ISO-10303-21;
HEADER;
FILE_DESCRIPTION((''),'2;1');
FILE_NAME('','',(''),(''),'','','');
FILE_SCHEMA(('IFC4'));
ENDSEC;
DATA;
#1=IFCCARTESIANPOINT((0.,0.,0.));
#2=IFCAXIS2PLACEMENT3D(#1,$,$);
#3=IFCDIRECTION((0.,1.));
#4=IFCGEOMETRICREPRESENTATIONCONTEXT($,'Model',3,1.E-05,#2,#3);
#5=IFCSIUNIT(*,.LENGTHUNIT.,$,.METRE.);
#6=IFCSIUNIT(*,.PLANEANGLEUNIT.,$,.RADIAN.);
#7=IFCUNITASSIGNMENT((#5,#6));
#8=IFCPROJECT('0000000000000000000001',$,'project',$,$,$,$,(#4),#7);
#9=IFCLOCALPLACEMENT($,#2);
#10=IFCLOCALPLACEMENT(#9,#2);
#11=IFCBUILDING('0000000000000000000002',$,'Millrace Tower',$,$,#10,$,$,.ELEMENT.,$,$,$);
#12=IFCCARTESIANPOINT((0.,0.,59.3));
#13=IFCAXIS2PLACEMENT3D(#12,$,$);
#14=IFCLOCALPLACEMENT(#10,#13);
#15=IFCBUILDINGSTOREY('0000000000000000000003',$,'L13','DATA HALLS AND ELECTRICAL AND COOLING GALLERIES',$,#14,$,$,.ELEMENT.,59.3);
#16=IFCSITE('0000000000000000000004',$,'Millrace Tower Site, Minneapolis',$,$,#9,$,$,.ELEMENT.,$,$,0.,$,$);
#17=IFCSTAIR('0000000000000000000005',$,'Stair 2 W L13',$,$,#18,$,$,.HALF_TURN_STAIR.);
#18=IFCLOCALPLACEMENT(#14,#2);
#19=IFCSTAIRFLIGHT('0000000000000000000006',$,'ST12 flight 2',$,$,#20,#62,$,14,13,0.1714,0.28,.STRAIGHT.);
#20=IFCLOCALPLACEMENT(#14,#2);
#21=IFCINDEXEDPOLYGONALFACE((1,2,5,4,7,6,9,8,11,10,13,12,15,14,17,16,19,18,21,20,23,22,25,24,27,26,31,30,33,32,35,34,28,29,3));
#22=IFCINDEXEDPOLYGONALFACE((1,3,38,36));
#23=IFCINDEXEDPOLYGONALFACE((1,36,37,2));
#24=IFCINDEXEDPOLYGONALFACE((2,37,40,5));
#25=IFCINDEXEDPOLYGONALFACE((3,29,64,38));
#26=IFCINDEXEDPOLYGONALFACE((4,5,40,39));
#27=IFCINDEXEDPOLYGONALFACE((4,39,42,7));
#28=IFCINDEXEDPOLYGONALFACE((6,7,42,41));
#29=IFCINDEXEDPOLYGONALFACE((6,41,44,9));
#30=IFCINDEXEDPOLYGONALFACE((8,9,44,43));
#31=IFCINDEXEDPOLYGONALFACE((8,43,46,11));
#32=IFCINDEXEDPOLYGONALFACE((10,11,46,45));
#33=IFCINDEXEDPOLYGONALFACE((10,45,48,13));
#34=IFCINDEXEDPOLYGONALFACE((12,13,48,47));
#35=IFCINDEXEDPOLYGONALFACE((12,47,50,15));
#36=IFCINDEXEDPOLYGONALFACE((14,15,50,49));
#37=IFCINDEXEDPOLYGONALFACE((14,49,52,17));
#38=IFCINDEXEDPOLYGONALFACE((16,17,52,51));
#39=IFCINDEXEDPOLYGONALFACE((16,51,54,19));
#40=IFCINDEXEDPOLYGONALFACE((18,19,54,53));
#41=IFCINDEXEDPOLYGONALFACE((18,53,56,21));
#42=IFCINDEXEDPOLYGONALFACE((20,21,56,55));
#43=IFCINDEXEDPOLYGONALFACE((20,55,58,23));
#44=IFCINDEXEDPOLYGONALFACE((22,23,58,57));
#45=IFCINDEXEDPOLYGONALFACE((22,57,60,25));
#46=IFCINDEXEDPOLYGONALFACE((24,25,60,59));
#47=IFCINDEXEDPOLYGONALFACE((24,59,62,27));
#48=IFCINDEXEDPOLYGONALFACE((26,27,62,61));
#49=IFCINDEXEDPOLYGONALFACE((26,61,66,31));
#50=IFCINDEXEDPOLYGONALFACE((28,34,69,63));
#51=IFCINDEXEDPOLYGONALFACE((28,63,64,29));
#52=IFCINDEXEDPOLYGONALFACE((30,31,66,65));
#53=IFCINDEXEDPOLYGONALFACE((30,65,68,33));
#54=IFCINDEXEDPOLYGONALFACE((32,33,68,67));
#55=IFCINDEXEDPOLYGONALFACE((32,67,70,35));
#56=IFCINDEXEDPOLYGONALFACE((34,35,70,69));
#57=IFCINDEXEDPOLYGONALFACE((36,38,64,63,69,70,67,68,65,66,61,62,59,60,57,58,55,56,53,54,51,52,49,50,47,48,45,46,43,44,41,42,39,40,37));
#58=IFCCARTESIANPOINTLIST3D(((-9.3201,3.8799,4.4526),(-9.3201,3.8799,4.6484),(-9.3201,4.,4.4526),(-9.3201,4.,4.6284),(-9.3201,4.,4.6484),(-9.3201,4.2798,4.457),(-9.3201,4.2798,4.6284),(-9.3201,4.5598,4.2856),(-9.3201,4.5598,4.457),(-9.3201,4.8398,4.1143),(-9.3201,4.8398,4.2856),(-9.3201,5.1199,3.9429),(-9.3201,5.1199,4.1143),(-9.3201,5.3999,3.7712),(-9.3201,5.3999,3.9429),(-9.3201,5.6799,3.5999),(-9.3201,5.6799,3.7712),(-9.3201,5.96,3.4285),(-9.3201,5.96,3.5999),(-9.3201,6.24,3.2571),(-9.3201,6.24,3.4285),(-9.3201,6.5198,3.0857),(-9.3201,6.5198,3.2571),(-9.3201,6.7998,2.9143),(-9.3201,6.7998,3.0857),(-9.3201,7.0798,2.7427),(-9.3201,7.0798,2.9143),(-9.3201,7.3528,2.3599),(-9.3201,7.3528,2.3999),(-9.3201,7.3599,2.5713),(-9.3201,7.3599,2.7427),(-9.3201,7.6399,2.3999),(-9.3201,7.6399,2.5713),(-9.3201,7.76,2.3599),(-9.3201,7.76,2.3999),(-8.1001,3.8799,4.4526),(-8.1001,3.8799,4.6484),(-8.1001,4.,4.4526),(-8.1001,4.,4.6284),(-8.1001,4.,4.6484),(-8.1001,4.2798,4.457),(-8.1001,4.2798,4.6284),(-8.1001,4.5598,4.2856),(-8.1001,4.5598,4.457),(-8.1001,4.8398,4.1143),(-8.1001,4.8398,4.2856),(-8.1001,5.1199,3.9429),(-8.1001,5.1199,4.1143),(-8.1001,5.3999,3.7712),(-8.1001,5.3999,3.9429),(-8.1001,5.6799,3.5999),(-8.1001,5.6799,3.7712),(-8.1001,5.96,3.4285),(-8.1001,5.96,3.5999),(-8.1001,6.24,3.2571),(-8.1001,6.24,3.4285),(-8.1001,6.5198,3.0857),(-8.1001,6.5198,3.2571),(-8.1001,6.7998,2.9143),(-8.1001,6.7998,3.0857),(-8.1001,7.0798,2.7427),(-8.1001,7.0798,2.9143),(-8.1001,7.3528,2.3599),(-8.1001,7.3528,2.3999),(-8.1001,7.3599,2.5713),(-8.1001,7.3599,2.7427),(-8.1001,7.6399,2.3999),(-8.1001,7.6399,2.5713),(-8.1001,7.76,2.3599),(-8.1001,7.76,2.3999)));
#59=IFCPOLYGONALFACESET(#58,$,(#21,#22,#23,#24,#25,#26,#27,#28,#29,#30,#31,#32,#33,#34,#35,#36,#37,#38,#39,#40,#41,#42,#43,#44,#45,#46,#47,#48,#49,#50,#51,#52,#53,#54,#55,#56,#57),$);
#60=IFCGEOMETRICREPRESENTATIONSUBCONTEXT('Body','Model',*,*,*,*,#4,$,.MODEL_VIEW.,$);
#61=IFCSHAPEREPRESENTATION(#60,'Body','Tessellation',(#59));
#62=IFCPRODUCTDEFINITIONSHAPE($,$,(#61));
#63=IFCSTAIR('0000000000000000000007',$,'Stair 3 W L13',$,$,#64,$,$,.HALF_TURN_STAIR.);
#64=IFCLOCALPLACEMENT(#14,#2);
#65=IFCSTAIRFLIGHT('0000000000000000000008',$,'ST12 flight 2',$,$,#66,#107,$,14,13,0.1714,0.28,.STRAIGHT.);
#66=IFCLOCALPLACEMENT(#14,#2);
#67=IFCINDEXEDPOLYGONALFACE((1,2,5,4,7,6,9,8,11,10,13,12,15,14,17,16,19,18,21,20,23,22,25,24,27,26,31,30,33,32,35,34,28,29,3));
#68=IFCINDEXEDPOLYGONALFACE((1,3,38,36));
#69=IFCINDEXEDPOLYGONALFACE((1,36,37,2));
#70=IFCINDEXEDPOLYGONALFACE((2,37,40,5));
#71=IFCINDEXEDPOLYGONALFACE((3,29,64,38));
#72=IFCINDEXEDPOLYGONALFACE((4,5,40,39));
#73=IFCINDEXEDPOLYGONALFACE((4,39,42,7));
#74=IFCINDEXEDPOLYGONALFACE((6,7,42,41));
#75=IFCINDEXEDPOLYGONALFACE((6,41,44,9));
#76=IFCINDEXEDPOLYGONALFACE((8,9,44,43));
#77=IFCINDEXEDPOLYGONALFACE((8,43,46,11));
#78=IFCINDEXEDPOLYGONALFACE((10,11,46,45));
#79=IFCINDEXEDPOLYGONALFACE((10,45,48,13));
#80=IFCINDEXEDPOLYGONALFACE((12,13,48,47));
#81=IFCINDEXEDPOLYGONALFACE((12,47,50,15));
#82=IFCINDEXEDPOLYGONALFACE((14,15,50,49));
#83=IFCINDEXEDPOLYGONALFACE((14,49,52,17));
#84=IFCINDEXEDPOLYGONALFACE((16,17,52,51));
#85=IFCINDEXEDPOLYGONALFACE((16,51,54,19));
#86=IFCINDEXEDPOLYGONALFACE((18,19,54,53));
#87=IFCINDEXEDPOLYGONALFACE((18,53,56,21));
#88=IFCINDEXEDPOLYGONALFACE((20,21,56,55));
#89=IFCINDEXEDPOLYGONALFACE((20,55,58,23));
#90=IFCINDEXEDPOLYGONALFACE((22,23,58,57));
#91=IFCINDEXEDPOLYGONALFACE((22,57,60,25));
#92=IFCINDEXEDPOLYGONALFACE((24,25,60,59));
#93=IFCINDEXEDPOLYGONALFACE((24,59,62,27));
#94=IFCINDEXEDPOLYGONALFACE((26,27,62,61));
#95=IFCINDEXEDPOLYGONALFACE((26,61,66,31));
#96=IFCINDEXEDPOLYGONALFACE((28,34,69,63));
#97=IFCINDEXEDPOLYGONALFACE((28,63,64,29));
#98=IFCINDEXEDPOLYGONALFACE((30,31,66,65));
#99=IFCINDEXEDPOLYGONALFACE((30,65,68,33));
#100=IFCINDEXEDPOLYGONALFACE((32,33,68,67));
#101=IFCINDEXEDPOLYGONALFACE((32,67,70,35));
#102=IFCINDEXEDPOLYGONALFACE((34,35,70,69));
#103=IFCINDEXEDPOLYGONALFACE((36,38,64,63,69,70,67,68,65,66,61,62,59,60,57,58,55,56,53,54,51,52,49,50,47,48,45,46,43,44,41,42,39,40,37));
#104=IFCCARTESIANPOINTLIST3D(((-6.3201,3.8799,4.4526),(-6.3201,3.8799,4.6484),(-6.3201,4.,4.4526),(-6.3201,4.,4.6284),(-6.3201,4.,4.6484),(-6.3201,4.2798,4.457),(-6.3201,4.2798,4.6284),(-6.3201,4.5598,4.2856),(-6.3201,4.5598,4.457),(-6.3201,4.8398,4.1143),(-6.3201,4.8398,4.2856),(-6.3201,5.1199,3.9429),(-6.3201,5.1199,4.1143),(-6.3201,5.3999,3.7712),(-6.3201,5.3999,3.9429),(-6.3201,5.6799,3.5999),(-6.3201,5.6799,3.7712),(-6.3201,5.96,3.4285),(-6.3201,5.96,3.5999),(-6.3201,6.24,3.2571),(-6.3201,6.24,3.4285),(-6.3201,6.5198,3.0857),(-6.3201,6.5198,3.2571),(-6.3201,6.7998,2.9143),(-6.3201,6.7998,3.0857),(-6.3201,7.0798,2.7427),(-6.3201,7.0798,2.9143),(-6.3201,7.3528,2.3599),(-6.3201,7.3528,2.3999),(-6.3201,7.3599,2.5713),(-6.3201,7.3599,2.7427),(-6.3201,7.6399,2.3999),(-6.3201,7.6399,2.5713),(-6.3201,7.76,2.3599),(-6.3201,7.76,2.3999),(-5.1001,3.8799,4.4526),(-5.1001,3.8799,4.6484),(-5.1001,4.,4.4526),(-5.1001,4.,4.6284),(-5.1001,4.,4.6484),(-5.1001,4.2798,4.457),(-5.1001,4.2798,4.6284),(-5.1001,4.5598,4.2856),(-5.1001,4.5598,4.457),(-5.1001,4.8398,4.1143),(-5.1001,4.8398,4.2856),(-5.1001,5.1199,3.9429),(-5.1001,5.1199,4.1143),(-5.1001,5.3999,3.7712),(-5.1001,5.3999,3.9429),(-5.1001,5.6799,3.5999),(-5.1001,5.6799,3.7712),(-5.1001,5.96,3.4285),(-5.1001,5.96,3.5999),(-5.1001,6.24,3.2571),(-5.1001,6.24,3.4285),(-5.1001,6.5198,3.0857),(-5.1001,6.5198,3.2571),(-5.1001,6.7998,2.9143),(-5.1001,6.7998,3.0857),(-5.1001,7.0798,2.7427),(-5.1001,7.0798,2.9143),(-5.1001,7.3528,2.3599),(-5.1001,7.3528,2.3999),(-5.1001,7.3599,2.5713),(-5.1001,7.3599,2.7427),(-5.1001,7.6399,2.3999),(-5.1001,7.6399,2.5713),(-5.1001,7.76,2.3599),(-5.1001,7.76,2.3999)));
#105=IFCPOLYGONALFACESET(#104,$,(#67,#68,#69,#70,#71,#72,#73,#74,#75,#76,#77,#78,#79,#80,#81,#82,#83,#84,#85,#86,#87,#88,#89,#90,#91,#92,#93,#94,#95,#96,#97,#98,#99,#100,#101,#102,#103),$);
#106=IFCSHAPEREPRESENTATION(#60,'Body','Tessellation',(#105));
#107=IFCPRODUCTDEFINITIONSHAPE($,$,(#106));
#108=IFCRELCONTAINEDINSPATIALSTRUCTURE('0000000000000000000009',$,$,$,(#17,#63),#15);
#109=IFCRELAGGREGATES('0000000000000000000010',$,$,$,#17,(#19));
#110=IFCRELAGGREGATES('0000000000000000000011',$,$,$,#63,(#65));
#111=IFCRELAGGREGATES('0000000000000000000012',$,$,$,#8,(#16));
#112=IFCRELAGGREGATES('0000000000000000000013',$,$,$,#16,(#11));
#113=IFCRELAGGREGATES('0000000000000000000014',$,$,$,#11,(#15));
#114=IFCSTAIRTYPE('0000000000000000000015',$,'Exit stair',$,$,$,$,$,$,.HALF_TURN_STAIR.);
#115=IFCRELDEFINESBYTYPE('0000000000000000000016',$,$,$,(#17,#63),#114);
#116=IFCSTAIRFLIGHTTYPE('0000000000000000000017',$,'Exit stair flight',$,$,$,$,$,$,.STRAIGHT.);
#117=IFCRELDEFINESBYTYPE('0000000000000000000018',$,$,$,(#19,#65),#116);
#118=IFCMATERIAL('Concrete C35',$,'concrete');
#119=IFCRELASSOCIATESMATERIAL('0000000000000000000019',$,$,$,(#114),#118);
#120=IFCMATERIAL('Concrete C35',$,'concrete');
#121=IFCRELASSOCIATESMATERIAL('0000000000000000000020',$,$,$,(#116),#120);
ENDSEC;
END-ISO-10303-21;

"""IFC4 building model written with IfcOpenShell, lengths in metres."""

from ifc_helpers import new_model, si_unit, direction, frame, origin, place, context, subcontext, project, spatial, polyline, outline, extrude, material, type_object, element, aggregate, save


model = new_model("IFC4")

# Units and contexts
model_context = context("Model", 3, precision=1e-05, world=origin(), true_north=direction((0.0, 1.0)))
body_context = subcontext(model_context, "Body", "Model", "MODEL_VIEW")
ifc_project = project(units=[si_unit("LENGTHUNIT", "METRE"), si_unit("PLANEANGLEUNIT", "RADIAN")], contexts=[model_context])

# Site, building, storey
site_placement = place(None, origin())
site = spatial("IfcSite", under=ifc_project, at=site_placement, Name="Millrace Tower Site, Minneapolis", CompositionType="ELEMENT", RefElevation=0.0)
building_placement = place(site_placement, origin())
building = spatial("IfcBuilding", under=site, at=building_placement, Name="Millrace Tower", CompositionType="ELEMENT")
storey_placement = place(building_placement, frame((0.0, 0.0, 59.3)))
storey = spatial("IfcBuildingStorey", under=building, at=storey_placement, Name="L13", Description="DATA HALLS AND ELECTRICAL AND COOLING GALLERIES", CompositionType="ELEMENT", Elevation=59.3)

# Shared definitions
placement = place(storey_placement, origin())

# Stairs, stair flights
ifc_material_1 = material(Name="Concrete C35", Category="concrete")
stair_type = type_object("IfcStairType", Name="Exit stair", PredefinedType="HALF_TURN_STAIR", material=ifc_material_1)
ifc_material_2 = material(Name="Concrete C35", Category="concrete")
stair_flight_type = type_object("IfcStairFlightType", Name="Exit stair flight", PredefinedType="STRAIGHT", material=ifc_material_2)
stair_1 = element("IfcStair", 1, at=placement, inside=storey, type_object=stair_type, Name="Stair 2 W L13", PredefinedType="HALF_TURN_STAIR")
stair_flight_1_placement = place(storey_placement, frame((-8.71, 7.6399, 2.3999), z_axis=(0.0, 0.0, 1.0), x_axis=(0.0, -1.0, 0.0)))
stair_flight_1 = element("IfcStairFlight", 2, at=stair_flight_1_placement, type_object=stair_flight_type, Name="ST12 flight 2", NumberOfRisers=14, NumberOfTreads=13, PredefinedType="STRAIGHT", RiserHeight=0.1714, TreadLength=0.28, context=body_context, shape_type="SweptSolid", body=[
    extrude(outline(polyline([(-0.1201, -0.04), (-0.1201, 0.0), (0.0, 0.0), (0.0, 0.1714), (0.28, 0.1714), (0.28, 0.3428), (0.5601, 0.3428), (0.5601, 0.5144), (0.8401, 0.5144), (0.8401, 0.6858), (1.1201, 0.6858), (1.1201, 0.8572), (1.3999, 0.8572), (1.3999, 1.0286), (1.6799, 1.0286), (1.6799, 1.2), (1.96, 1.2), (1.96, 1.3713), (2.24, 1.3713), (2.24, 1.543), (2.52, 1.543), (2.52, 1.7144), (2.8, 1.7144), (2.8, 1.8857), (3.0801, 1.8857), (3.0801, 2.0571), (3.3601, 2.0571), (3.3601, 2.2285), (3.6399, 2.2285), (3.6399, 2.2485), (3.76, 2.2485), (3.76, 2.0527), (3.6399, 2.0527), (0.2871, 0.0), (0.2871, -0.04), (-0.1201, -0.04)])), frame((0.0, 0.6099, 0.0), z_axis=(0.0, -1.0, 0.0), x_axis=(1.0, 0.0, 0.0)), (0.0, 0.0, 1.0), 1.22),
])
aggregate(stair_1, [stair_flight_1])
stair_2 = element("IfcStair", 3, at=placement, inside=storey, type_object=stair_type, Name="Stair 3 W L13", PredefinedType="HALF_TURN_STAIR")
stair_flight_2_placement = place(storey_placement, frame((-5.71, 7.6399, 2.3999), z_axis=(0.0, 0.0, 1.0), x_axis=(0.0, -1.0, 0.0)))
stair_flight_2 = element("IfcStairFlight", 4, at=stair_flight_2_placement, type_object=stair_flight_type, Name="ST12 flight 2", NumberOfRisers=14, NumberOfTreads=13, PredefinedType="STRAIGHT", RiserHeight=0.1714, TreadLength=0.28, context=body_context, shape_type="SweptSolid", body=[
    extrude(outline(polyline([(-0.1201, -0.04), (-0.1201, 0.0), (0.0, 0.0), (0.0, 0.1714), (0.28, 0.1714), (0.28, 0.3428), (0.5601, 0.3428), (0.5601, 0.5144), (0.8401, 0.5144), (0.8401, 0.6858), (1.1201, 0.6858), (1.1201, 0.8572), (1.3999, 0.8572), (1.3999, 1.0286), (1.6799, 1.0286), (1.6799, 1.2), (1.96, 1.2), (1.96, 1.3713), (2.24, 1.3713), (2.24, 1.543), (2.52, 1.543), (2.52, 1.7144), (2.8, 1.7144), (2.8, 1.8857), (3.0801, 1.8857), (3.0801, 2.0571), (3.3601, 2.0571), (3.3601, 2.2285), (3.6399, 2.2285), (3.6399, 2.2485), (3.76, 2.2485), (3.76, 2.0527), (3.6399, 2.0527), (0.2871, 0.0), (0.2871, -0.04), (-0.1201, -0.04)])), frame((0.0, 0.6099, 0.0), z_axis=(0.0, -1.0, 0.0), x_axis=(1.0, 0.0, 0.0)), (0.0, 0.0, 1.0), 1.22),
])
aggregate(stair_2, [stair_flight_2])

save(model, "model.ifc")
